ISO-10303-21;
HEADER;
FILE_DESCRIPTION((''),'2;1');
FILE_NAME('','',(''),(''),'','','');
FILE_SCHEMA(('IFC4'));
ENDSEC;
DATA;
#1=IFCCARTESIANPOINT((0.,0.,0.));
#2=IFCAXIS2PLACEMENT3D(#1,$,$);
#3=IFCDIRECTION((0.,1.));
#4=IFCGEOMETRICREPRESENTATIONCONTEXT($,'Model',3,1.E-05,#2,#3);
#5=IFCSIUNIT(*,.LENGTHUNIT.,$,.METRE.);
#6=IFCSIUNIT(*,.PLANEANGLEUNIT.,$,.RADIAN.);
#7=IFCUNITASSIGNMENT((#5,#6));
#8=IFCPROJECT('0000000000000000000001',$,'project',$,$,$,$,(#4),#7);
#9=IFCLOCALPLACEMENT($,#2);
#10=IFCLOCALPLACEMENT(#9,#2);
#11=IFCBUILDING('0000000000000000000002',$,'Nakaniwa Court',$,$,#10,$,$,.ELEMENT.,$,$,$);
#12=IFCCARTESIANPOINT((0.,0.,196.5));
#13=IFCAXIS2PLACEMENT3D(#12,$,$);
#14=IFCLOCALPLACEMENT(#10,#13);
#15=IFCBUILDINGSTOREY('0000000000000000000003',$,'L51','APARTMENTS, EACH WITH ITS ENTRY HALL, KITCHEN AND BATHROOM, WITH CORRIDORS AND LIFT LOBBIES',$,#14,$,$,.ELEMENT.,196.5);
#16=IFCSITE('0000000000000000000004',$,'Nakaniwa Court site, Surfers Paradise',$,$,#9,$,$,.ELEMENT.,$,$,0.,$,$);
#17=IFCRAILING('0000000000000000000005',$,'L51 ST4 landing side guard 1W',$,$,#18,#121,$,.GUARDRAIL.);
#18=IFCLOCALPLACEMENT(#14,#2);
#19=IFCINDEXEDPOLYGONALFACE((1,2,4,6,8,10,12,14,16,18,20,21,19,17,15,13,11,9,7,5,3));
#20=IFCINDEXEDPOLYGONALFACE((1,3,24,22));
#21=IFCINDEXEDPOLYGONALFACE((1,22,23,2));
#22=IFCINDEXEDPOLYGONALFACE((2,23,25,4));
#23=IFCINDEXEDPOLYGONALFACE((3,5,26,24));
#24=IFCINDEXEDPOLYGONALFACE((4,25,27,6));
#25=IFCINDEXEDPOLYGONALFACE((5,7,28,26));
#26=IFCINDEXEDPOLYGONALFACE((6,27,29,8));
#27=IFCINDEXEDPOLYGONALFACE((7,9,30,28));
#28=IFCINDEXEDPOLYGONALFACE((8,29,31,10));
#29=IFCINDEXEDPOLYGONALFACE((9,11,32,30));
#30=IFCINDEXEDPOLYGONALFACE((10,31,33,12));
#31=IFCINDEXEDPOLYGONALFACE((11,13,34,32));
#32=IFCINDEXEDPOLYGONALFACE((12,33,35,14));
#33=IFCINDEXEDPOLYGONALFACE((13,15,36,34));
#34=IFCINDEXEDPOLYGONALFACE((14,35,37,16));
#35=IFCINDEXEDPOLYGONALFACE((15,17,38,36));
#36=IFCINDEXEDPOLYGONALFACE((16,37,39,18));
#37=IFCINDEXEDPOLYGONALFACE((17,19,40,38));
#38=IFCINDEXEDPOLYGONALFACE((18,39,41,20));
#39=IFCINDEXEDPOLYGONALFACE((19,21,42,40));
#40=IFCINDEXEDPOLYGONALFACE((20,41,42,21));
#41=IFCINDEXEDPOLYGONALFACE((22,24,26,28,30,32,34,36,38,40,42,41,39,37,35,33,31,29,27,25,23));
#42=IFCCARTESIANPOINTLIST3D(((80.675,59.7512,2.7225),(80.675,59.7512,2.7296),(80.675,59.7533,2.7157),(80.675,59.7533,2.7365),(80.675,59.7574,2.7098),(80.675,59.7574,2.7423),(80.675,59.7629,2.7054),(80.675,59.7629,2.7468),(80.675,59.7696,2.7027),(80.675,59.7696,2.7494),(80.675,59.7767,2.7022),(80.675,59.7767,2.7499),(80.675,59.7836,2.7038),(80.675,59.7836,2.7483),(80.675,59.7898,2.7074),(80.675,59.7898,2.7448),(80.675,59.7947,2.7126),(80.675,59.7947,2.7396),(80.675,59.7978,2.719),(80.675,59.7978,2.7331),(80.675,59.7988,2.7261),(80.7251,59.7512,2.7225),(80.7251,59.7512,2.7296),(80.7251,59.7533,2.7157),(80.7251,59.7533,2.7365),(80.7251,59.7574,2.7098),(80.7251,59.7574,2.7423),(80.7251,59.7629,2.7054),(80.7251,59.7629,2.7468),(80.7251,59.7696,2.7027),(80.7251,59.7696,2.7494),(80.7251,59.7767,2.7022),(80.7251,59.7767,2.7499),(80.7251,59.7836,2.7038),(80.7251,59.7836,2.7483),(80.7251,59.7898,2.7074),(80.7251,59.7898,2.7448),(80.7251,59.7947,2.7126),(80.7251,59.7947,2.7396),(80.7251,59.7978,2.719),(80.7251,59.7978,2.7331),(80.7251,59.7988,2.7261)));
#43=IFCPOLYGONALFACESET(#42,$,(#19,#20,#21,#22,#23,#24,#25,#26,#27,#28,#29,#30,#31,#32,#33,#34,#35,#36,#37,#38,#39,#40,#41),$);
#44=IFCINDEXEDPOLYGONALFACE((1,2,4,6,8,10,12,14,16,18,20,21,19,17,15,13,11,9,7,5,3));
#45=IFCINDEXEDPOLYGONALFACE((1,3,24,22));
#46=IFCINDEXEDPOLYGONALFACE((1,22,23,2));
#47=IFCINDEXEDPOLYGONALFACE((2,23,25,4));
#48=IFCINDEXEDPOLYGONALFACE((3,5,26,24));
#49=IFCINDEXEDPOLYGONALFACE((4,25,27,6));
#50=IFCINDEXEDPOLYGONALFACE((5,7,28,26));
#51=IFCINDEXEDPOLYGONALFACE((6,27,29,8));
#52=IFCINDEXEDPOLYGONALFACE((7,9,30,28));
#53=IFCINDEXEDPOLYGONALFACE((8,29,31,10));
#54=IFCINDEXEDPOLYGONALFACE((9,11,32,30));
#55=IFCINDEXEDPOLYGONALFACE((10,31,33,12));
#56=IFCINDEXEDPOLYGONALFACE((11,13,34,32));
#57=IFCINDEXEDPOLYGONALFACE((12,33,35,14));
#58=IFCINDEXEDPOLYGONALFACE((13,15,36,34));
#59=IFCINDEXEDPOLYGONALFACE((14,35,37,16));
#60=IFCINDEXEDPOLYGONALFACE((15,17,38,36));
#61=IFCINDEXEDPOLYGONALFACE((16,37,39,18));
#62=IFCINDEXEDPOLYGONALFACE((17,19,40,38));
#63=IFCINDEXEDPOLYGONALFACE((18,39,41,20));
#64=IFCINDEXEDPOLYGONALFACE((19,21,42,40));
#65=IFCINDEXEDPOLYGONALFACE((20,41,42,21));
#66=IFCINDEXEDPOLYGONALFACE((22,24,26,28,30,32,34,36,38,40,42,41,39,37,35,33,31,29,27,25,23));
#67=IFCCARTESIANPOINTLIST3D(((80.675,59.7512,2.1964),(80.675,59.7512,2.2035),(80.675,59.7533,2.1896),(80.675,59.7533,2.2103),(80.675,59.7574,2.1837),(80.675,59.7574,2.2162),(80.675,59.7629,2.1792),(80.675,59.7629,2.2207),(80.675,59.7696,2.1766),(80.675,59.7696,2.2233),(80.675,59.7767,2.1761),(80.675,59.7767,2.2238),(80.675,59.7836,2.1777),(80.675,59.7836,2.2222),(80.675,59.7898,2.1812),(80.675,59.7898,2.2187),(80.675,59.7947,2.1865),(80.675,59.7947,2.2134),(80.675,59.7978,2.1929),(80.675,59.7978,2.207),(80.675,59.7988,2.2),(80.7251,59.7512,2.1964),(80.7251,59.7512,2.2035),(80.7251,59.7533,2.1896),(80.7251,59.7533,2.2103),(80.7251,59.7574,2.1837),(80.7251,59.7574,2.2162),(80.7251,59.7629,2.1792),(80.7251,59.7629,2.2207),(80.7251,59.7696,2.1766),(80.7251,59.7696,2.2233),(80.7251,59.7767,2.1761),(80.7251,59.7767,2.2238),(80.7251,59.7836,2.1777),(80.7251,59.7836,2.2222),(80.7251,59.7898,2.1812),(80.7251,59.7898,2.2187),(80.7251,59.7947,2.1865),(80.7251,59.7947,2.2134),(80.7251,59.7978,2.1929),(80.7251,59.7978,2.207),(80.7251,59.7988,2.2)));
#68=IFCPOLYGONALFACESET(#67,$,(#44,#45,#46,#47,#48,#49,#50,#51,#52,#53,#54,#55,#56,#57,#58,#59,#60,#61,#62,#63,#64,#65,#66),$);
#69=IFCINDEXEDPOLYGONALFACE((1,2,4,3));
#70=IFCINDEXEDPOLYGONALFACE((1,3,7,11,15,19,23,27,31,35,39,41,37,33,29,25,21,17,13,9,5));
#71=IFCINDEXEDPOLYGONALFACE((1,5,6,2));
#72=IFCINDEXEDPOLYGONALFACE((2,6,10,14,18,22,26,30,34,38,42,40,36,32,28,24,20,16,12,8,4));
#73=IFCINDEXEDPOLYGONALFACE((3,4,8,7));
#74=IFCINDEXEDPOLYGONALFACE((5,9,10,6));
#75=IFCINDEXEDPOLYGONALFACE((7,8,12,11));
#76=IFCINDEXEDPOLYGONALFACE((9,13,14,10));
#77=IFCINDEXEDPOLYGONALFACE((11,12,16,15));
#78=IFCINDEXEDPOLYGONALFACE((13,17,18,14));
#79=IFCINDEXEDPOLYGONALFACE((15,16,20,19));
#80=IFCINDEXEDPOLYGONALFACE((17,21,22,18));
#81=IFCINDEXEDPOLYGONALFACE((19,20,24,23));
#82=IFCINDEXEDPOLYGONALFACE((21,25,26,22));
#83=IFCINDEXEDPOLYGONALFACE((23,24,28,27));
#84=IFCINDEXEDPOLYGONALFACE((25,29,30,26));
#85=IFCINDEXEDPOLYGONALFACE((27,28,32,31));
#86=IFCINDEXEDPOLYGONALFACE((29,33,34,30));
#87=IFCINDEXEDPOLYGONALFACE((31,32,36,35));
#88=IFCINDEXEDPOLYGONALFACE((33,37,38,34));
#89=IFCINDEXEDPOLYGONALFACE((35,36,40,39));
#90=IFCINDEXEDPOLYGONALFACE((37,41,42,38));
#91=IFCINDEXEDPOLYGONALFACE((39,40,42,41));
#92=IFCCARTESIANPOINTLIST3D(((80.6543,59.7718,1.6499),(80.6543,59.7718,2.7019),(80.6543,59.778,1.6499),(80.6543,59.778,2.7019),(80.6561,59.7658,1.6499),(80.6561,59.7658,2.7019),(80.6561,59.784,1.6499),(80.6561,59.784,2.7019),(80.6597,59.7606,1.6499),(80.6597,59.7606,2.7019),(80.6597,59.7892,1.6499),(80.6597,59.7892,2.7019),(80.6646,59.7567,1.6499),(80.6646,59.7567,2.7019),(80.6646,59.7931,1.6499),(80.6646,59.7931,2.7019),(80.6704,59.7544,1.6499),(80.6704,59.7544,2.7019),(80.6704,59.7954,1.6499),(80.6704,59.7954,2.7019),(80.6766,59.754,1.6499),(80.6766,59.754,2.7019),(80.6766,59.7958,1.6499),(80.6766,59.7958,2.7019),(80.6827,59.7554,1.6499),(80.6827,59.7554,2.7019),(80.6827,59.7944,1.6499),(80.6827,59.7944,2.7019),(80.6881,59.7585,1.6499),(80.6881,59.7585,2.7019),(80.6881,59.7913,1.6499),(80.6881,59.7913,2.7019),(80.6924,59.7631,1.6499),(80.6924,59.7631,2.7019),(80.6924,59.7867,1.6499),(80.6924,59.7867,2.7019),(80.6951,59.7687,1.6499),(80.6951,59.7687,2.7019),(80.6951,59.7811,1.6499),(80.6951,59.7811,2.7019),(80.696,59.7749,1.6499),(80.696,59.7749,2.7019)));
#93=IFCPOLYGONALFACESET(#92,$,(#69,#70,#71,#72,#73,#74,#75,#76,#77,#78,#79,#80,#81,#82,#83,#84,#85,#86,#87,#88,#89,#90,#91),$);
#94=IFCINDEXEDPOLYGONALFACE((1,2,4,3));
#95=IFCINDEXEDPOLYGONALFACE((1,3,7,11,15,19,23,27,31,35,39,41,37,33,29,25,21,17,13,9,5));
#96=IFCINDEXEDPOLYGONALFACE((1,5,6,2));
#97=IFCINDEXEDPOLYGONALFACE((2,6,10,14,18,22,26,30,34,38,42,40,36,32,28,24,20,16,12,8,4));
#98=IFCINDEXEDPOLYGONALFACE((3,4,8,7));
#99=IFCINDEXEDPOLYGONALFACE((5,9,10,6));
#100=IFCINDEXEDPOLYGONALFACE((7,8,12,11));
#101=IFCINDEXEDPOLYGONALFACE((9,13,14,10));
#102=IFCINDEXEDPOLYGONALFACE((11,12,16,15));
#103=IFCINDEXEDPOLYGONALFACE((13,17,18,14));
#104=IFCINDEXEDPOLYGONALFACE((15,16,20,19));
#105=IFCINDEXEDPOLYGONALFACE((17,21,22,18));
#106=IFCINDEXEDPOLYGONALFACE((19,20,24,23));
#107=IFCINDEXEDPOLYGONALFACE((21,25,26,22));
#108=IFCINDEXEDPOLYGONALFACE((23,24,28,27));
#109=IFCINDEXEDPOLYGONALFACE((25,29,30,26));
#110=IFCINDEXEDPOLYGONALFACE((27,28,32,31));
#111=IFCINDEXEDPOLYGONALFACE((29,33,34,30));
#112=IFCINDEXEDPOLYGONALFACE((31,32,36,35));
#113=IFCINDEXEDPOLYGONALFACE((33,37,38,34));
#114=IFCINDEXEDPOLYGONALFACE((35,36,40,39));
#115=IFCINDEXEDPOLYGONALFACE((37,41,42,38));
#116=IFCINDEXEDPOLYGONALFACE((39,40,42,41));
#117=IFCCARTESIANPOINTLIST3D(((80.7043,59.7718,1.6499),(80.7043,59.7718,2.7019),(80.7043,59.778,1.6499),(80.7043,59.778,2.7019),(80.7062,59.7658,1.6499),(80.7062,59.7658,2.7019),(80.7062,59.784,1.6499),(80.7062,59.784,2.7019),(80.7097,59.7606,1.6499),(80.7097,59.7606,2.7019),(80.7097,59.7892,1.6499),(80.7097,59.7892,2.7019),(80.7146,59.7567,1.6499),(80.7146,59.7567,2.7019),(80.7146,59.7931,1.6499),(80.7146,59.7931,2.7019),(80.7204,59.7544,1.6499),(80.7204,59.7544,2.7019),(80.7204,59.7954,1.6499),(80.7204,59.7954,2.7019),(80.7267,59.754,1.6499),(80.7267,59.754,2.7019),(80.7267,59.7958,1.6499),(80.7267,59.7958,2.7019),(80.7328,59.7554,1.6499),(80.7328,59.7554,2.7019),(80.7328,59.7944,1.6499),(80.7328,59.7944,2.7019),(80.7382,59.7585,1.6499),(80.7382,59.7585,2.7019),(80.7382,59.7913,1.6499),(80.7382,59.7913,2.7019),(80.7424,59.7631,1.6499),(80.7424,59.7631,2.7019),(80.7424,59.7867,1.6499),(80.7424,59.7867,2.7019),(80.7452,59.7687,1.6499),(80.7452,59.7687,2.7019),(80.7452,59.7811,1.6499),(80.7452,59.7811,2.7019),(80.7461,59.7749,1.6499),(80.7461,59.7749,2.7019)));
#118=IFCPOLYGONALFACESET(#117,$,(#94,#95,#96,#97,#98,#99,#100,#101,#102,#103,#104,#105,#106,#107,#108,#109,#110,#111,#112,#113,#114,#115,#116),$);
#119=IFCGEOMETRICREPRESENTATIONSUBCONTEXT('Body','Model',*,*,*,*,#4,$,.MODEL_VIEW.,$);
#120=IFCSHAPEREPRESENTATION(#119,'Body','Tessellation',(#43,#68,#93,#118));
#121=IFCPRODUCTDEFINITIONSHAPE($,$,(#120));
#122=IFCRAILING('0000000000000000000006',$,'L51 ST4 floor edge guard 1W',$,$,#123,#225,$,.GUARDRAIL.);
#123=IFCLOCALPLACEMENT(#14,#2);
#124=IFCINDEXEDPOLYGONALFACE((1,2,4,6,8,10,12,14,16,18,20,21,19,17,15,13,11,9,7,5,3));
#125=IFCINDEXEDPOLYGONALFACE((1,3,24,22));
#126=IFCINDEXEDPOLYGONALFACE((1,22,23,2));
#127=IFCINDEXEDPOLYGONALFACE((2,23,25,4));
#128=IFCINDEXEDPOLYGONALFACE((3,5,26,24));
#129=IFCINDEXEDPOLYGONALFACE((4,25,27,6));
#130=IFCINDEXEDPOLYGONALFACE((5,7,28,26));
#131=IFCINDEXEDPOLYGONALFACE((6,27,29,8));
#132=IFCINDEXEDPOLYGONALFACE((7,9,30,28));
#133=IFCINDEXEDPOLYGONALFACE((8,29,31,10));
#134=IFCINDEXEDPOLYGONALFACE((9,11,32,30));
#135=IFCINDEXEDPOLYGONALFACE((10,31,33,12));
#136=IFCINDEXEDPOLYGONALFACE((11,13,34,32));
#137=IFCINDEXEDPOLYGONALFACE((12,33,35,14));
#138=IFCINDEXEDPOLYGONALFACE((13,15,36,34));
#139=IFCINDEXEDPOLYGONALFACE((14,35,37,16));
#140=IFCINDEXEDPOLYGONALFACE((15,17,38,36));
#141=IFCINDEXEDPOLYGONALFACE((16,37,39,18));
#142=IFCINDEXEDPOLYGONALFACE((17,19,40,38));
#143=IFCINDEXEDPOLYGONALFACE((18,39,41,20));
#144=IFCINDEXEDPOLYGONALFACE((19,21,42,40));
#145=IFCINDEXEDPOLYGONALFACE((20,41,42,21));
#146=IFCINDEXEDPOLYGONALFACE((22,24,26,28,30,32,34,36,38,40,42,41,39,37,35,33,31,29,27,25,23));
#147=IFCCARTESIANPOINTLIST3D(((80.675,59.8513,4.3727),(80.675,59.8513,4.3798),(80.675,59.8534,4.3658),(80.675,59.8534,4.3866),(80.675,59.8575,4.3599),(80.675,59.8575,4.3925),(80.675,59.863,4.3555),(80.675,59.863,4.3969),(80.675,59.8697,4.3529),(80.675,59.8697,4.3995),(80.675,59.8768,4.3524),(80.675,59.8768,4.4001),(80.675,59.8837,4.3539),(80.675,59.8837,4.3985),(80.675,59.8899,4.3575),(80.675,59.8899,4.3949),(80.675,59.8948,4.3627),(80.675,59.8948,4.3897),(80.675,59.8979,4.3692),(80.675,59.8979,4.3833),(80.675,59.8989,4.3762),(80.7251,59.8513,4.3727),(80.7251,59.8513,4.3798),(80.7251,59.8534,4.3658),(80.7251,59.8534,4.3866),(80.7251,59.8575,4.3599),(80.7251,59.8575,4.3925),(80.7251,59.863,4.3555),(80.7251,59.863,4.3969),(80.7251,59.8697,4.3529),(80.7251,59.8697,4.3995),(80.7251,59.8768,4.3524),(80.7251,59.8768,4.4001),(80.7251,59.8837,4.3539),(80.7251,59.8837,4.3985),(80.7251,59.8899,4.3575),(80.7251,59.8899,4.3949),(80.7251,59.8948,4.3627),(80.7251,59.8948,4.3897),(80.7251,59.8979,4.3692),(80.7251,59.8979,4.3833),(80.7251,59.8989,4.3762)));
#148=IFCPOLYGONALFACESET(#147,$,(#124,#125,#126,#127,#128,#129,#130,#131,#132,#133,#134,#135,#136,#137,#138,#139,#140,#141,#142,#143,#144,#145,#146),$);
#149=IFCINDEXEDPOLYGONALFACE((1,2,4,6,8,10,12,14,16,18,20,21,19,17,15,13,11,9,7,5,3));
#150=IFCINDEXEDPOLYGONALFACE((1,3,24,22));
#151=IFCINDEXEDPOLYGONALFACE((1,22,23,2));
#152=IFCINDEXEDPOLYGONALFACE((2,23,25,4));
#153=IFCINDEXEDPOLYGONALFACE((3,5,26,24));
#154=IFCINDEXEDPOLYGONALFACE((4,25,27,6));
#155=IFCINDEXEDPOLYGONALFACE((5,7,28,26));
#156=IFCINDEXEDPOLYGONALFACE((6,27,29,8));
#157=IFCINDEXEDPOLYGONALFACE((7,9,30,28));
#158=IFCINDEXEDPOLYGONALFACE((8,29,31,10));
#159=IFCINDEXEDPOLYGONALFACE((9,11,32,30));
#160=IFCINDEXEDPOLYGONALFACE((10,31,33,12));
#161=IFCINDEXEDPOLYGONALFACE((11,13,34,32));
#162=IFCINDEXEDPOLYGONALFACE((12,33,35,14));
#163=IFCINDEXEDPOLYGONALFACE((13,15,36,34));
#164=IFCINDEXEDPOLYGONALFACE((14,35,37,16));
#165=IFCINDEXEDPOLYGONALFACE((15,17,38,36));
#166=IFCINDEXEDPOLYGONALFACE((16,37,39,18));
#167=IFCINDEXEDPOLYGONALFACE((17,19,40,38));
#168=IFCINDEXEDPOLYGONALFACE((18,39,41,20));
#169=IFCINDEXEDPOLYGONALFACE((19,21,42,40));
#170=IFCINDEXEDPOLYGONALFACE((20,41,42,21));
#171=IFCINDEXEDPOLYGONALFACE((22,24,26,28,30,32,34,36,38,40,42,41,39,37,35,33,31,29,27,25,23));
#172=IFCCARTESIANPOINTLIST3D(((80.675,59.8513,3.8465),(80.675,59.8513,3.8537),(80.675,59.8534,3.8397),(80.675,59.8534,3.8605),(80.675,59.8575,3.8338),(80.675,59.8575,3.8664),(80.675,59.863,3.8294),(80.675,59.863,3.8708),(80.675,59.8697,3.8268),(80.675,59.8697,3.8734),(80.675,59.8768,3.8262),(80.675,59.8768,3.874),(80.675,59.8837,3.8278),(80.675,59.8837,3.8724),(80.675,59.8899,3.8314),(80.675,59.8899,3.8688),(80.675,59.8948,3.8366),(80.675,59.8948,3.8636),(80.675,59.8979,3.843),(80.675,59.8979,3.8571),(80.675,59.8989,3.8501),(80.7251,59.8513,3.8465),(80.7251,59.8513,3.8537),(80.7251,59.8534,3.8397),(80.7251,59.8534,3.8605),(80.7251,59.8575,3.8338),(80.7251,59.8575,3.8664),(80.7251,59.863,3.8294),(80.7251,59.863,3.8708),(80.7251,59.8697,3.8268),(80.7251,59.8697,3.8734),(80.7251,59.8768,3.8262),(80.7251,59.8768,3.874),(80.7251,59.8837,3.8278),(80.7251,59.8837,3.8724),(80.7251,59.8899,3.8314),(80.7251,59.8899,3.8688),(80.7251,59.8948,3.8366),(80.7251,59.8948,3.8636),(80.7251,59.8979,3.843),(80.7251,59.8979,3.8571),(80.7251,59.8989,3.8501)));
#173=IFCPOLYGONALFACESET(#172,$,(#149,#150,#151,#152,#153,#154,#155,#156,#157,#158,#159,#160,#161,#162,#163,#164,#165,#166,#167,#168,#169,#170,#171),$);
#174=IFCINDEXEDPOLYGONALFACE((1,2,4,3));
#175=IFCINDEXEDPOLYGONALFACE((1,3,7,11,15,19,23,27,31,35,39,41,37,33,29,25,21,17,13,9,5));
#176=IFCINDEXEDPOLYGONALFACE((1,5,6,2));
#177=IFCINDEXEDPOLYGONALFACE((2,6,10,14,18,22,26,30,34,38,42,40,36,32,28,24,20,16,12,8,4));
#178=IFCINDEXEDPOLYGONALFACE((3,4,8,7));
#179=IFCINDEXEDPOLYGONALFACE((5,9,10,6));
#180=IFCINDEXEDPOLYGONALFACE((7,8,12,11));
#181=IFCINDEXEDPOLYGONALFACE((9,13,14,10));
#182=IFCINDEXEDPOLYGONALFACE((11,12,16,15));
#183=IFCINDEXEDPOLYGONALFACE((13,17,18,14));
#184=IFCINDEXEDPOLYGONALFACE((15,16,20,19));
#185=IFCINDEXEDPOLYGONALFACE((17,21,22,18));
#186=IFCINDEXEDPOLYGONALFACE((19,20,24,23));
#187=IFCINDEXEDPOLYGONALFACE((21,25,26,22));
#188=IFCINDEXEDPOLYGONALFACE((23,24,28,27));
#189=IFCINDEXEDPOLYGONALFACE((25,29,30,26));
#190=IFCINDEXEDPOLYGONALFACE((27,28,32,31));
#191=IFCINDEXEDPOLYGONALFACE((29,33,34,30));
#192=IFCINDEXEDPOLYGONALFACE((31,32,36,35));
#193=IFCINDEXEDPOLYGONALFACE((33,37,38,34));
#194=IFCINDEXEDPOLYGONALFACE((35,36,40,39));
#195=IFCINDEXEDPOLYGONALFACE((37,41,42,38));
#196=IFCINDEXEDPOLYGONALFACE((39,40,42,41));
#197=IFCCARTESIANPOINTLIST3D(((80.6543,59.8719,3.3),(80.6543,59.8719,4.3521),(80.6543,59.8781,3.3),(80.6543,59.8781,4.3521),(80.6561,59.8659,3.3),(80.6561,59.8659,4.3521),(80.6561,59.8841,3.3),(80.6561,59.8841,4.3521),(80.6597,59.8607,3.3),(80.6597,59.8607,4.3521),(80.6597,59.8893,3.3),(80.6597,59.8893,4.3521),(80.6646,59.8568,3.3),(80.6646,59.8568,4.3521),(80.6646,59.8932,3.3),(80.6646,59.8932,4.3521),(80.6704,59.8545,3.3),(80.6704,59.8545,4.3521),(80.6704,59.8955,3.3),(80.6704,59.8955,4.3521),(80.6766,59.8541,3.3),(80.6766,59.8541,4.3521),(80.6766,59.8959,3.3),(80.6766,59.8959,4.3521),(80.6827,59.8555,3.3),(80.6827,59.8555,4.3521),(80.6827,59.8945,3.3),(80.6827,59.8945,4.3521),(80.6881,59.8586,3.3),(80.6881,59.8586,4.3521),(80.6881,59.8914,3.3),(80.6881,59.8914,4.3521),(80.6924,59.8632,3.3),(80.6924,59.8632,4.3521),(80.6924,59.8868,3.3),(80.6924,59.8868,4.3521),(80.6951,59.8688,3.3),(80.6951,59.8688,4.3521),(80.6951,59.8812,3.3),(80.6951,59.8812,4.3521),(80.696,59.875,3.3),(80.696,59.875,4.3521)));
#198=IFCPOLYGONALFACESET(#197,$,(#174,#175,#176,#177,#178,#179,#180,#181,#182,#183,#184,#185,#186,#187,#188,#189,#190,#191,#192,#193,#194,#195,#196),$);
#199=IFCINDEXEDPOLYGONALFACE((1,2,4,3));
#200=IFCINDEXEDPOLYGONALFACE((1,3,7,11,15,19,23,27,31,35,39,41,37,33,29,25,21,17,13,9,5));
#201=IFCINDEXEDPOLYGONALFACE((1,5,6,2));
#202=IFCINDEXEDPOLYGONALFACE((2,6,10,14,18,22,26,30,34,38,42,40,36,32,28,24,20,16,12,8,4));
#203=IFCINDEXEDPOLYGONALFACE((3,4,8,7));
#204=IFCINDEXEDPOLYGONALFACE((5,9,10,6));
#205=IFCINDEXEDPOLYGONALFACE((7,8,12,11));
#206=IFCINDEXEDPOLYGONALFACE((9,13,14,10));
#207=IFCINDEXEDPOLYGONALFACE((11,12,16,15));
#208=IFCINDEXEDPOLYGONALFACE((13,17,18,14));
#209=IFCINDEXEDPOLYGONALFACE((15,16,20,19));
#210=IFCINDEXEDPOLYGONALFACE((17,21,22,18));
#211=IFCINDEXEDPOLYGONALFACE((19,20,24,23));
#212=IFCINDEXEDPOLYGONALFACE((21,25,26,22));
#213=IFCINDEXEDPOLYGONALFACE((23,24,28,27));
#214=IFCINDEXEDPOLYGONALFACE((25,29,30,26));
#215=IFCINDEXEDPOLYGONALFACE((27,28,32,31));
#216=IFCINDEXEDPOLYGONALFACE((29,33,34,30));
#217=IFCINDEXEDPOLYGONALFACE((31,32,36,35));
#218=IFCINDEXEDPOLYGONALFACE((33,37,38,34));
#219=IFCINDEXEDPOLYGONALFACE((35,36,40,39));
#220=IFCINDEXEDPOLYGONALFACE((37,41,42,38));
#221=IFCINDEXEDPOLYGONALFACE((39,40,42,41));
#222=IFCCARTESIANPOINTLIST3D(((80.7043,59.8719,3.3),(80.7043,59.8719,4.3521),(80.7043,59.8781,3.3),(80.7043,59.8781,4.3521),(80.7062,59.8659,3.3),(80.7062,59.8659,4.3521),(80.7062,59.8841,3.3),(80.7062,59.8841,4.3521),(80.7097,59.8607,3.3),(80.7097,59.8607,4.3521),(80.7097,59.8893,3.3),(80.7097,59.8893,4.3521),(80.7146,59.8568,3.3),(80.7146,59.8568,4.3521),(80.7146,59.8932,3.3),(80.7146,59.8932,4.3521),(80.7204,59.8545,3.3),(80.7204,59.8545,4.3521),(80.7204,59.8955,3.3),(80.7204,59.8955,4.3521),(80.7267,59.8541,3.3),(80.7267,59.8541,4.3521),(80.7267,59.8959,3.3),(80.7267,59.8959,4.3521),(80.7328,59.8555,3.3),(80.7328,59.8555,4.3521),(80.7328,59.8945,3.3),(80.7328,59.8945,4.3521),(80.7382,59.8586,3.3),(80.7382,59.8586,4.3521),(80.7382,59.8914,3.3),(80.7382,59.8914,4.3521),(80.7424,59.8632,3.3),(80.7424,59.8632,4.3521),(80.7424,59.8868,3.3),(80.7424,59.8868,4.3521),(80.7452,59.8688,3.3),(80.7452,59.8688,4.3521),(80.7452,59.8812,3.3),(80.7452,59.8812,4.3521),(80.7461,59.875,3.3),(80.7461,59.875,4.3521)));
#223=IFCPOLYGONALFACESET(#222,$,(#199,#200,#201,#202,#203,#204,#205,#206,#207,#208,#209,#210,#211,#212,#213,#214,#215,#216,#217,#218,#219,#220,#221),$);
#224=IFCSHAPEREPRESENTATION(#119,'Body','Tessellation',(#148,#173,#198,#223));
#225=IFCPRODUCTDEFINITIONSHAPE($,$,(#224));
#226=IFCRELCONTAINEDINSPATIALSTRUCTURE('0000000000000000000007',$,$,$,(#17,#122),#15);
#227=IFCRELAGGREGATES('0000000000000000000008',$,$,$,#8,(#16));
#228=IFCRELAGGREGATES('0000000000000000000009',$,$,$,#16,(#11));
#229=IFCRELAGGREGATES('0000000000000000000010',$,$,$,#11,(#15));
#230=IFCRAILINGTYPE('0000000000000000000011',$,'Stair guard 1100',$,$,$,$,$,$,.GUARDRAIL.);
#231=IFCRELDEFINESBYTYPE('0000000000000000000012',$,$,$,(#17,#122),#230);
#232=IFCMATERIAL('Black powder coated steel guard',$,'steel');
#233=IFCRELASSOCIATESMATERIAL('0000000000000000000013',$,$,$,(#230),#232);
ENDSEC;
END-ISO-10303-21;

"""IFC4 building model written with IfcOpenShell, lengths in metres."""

from ifc_helpers import new_model, si_unit, direction, frame, origin, origin_2d, place, context, subcontext, project, spatial, circle, extrude, material, type_object, element, save


model = new_model("IFC4")

# Units and contexts
model_context = context("Model", 3, precision=1e-05, world=origin(), true_north=direction((0.0, 1.0)))
body_context = subcontext(model_context, "Body", "Model", "MODEL_VIEW")
ifc_project = project(units=[si_unit("LENGTHUNIT", "METRE"), si_unit("PLANEANGLEUNIT", "RADIAN")], contexts=[model_context])

# Site, building, storey
site_placement = place(None, origin())
site = spatial("IfcSite", under=ifc_project, at=site_placement, Name="Nakaniwa Court site, Surfers Paradise", CompositionType="ELEMENT", RefElevation=0.0)
building_placement = place(site_placement, origin())
building = spatial("IfcBuilding", under=site, at=building_placement, Name="Nakaniwa Court", CompositionType="ELEMENT")
storey_placement = place(building_placement, frame((0.0, 0.0, 196.5)))
storey = spatial("IfcBuildingStorey", under=building, at=storey_placement, Name="L51", Description="APARTMENTS, EACH WITH ITS ENTRY HALL, KITCHEN AND BATHROOM, WITH CORRIDORS AND LIFT LOBBIES", CompositionType="ELEMENT", Elevation=196.5)

# Railings
ifc_material_1 = material(Name="Black powder coated steel guard", Category="steel")
railing_type_1 = type_object("IfcRailingType", Name="Stair guard 1100", PredefinedType="GUARDRAIL", material=ifc_material_1)
for number, where, name in (
    (1, (80.675, 59.7749, 1.6499), "L51 ST4 landing side guard 1W"),
    (2, (80.675, 59.875, 3.3), "L51 ST4 floor edge guard 1W"),
):
    element("IfcRailing", number, at=place(storey_placement, frame(where)), inside=storey, type_object=railing_type_1, Name=name, PredefinedType="GUARDRAIL", context=body_context, shape_type="SweptSolid", body=[
        extrude(circle(Radius=0.0239, at=origin_2d()), frame((0.0, 0.0, 1.0762), z_axis=(1.0, 0.0, 0.0), x_axis=(0.0, 1.0, 0.0)), (0.0, 0.0, 1.0), 0.05),
        extrude(circle(Radius=0.0239, at=origin_2d()), frame((0.0, 0.0, 0.55), z_axis=(1.0, 0.0, 0.0), x_axis=(0.0, 1.0, 0.0)), (0.0, 0.0, 1.0), 0.05),
        extrude(circle(Radius=0.021, at=origin_2d()), origin(), (0.0, 0.0, 1.0), 1.052),
        extrude(circle(Radius=0.021, at=origin_2d()), frame((0.05, 0.0, 0.0)), (0.0, 0.0, 1.0), 1.052),
    ])

save(model, "model.ifc")
